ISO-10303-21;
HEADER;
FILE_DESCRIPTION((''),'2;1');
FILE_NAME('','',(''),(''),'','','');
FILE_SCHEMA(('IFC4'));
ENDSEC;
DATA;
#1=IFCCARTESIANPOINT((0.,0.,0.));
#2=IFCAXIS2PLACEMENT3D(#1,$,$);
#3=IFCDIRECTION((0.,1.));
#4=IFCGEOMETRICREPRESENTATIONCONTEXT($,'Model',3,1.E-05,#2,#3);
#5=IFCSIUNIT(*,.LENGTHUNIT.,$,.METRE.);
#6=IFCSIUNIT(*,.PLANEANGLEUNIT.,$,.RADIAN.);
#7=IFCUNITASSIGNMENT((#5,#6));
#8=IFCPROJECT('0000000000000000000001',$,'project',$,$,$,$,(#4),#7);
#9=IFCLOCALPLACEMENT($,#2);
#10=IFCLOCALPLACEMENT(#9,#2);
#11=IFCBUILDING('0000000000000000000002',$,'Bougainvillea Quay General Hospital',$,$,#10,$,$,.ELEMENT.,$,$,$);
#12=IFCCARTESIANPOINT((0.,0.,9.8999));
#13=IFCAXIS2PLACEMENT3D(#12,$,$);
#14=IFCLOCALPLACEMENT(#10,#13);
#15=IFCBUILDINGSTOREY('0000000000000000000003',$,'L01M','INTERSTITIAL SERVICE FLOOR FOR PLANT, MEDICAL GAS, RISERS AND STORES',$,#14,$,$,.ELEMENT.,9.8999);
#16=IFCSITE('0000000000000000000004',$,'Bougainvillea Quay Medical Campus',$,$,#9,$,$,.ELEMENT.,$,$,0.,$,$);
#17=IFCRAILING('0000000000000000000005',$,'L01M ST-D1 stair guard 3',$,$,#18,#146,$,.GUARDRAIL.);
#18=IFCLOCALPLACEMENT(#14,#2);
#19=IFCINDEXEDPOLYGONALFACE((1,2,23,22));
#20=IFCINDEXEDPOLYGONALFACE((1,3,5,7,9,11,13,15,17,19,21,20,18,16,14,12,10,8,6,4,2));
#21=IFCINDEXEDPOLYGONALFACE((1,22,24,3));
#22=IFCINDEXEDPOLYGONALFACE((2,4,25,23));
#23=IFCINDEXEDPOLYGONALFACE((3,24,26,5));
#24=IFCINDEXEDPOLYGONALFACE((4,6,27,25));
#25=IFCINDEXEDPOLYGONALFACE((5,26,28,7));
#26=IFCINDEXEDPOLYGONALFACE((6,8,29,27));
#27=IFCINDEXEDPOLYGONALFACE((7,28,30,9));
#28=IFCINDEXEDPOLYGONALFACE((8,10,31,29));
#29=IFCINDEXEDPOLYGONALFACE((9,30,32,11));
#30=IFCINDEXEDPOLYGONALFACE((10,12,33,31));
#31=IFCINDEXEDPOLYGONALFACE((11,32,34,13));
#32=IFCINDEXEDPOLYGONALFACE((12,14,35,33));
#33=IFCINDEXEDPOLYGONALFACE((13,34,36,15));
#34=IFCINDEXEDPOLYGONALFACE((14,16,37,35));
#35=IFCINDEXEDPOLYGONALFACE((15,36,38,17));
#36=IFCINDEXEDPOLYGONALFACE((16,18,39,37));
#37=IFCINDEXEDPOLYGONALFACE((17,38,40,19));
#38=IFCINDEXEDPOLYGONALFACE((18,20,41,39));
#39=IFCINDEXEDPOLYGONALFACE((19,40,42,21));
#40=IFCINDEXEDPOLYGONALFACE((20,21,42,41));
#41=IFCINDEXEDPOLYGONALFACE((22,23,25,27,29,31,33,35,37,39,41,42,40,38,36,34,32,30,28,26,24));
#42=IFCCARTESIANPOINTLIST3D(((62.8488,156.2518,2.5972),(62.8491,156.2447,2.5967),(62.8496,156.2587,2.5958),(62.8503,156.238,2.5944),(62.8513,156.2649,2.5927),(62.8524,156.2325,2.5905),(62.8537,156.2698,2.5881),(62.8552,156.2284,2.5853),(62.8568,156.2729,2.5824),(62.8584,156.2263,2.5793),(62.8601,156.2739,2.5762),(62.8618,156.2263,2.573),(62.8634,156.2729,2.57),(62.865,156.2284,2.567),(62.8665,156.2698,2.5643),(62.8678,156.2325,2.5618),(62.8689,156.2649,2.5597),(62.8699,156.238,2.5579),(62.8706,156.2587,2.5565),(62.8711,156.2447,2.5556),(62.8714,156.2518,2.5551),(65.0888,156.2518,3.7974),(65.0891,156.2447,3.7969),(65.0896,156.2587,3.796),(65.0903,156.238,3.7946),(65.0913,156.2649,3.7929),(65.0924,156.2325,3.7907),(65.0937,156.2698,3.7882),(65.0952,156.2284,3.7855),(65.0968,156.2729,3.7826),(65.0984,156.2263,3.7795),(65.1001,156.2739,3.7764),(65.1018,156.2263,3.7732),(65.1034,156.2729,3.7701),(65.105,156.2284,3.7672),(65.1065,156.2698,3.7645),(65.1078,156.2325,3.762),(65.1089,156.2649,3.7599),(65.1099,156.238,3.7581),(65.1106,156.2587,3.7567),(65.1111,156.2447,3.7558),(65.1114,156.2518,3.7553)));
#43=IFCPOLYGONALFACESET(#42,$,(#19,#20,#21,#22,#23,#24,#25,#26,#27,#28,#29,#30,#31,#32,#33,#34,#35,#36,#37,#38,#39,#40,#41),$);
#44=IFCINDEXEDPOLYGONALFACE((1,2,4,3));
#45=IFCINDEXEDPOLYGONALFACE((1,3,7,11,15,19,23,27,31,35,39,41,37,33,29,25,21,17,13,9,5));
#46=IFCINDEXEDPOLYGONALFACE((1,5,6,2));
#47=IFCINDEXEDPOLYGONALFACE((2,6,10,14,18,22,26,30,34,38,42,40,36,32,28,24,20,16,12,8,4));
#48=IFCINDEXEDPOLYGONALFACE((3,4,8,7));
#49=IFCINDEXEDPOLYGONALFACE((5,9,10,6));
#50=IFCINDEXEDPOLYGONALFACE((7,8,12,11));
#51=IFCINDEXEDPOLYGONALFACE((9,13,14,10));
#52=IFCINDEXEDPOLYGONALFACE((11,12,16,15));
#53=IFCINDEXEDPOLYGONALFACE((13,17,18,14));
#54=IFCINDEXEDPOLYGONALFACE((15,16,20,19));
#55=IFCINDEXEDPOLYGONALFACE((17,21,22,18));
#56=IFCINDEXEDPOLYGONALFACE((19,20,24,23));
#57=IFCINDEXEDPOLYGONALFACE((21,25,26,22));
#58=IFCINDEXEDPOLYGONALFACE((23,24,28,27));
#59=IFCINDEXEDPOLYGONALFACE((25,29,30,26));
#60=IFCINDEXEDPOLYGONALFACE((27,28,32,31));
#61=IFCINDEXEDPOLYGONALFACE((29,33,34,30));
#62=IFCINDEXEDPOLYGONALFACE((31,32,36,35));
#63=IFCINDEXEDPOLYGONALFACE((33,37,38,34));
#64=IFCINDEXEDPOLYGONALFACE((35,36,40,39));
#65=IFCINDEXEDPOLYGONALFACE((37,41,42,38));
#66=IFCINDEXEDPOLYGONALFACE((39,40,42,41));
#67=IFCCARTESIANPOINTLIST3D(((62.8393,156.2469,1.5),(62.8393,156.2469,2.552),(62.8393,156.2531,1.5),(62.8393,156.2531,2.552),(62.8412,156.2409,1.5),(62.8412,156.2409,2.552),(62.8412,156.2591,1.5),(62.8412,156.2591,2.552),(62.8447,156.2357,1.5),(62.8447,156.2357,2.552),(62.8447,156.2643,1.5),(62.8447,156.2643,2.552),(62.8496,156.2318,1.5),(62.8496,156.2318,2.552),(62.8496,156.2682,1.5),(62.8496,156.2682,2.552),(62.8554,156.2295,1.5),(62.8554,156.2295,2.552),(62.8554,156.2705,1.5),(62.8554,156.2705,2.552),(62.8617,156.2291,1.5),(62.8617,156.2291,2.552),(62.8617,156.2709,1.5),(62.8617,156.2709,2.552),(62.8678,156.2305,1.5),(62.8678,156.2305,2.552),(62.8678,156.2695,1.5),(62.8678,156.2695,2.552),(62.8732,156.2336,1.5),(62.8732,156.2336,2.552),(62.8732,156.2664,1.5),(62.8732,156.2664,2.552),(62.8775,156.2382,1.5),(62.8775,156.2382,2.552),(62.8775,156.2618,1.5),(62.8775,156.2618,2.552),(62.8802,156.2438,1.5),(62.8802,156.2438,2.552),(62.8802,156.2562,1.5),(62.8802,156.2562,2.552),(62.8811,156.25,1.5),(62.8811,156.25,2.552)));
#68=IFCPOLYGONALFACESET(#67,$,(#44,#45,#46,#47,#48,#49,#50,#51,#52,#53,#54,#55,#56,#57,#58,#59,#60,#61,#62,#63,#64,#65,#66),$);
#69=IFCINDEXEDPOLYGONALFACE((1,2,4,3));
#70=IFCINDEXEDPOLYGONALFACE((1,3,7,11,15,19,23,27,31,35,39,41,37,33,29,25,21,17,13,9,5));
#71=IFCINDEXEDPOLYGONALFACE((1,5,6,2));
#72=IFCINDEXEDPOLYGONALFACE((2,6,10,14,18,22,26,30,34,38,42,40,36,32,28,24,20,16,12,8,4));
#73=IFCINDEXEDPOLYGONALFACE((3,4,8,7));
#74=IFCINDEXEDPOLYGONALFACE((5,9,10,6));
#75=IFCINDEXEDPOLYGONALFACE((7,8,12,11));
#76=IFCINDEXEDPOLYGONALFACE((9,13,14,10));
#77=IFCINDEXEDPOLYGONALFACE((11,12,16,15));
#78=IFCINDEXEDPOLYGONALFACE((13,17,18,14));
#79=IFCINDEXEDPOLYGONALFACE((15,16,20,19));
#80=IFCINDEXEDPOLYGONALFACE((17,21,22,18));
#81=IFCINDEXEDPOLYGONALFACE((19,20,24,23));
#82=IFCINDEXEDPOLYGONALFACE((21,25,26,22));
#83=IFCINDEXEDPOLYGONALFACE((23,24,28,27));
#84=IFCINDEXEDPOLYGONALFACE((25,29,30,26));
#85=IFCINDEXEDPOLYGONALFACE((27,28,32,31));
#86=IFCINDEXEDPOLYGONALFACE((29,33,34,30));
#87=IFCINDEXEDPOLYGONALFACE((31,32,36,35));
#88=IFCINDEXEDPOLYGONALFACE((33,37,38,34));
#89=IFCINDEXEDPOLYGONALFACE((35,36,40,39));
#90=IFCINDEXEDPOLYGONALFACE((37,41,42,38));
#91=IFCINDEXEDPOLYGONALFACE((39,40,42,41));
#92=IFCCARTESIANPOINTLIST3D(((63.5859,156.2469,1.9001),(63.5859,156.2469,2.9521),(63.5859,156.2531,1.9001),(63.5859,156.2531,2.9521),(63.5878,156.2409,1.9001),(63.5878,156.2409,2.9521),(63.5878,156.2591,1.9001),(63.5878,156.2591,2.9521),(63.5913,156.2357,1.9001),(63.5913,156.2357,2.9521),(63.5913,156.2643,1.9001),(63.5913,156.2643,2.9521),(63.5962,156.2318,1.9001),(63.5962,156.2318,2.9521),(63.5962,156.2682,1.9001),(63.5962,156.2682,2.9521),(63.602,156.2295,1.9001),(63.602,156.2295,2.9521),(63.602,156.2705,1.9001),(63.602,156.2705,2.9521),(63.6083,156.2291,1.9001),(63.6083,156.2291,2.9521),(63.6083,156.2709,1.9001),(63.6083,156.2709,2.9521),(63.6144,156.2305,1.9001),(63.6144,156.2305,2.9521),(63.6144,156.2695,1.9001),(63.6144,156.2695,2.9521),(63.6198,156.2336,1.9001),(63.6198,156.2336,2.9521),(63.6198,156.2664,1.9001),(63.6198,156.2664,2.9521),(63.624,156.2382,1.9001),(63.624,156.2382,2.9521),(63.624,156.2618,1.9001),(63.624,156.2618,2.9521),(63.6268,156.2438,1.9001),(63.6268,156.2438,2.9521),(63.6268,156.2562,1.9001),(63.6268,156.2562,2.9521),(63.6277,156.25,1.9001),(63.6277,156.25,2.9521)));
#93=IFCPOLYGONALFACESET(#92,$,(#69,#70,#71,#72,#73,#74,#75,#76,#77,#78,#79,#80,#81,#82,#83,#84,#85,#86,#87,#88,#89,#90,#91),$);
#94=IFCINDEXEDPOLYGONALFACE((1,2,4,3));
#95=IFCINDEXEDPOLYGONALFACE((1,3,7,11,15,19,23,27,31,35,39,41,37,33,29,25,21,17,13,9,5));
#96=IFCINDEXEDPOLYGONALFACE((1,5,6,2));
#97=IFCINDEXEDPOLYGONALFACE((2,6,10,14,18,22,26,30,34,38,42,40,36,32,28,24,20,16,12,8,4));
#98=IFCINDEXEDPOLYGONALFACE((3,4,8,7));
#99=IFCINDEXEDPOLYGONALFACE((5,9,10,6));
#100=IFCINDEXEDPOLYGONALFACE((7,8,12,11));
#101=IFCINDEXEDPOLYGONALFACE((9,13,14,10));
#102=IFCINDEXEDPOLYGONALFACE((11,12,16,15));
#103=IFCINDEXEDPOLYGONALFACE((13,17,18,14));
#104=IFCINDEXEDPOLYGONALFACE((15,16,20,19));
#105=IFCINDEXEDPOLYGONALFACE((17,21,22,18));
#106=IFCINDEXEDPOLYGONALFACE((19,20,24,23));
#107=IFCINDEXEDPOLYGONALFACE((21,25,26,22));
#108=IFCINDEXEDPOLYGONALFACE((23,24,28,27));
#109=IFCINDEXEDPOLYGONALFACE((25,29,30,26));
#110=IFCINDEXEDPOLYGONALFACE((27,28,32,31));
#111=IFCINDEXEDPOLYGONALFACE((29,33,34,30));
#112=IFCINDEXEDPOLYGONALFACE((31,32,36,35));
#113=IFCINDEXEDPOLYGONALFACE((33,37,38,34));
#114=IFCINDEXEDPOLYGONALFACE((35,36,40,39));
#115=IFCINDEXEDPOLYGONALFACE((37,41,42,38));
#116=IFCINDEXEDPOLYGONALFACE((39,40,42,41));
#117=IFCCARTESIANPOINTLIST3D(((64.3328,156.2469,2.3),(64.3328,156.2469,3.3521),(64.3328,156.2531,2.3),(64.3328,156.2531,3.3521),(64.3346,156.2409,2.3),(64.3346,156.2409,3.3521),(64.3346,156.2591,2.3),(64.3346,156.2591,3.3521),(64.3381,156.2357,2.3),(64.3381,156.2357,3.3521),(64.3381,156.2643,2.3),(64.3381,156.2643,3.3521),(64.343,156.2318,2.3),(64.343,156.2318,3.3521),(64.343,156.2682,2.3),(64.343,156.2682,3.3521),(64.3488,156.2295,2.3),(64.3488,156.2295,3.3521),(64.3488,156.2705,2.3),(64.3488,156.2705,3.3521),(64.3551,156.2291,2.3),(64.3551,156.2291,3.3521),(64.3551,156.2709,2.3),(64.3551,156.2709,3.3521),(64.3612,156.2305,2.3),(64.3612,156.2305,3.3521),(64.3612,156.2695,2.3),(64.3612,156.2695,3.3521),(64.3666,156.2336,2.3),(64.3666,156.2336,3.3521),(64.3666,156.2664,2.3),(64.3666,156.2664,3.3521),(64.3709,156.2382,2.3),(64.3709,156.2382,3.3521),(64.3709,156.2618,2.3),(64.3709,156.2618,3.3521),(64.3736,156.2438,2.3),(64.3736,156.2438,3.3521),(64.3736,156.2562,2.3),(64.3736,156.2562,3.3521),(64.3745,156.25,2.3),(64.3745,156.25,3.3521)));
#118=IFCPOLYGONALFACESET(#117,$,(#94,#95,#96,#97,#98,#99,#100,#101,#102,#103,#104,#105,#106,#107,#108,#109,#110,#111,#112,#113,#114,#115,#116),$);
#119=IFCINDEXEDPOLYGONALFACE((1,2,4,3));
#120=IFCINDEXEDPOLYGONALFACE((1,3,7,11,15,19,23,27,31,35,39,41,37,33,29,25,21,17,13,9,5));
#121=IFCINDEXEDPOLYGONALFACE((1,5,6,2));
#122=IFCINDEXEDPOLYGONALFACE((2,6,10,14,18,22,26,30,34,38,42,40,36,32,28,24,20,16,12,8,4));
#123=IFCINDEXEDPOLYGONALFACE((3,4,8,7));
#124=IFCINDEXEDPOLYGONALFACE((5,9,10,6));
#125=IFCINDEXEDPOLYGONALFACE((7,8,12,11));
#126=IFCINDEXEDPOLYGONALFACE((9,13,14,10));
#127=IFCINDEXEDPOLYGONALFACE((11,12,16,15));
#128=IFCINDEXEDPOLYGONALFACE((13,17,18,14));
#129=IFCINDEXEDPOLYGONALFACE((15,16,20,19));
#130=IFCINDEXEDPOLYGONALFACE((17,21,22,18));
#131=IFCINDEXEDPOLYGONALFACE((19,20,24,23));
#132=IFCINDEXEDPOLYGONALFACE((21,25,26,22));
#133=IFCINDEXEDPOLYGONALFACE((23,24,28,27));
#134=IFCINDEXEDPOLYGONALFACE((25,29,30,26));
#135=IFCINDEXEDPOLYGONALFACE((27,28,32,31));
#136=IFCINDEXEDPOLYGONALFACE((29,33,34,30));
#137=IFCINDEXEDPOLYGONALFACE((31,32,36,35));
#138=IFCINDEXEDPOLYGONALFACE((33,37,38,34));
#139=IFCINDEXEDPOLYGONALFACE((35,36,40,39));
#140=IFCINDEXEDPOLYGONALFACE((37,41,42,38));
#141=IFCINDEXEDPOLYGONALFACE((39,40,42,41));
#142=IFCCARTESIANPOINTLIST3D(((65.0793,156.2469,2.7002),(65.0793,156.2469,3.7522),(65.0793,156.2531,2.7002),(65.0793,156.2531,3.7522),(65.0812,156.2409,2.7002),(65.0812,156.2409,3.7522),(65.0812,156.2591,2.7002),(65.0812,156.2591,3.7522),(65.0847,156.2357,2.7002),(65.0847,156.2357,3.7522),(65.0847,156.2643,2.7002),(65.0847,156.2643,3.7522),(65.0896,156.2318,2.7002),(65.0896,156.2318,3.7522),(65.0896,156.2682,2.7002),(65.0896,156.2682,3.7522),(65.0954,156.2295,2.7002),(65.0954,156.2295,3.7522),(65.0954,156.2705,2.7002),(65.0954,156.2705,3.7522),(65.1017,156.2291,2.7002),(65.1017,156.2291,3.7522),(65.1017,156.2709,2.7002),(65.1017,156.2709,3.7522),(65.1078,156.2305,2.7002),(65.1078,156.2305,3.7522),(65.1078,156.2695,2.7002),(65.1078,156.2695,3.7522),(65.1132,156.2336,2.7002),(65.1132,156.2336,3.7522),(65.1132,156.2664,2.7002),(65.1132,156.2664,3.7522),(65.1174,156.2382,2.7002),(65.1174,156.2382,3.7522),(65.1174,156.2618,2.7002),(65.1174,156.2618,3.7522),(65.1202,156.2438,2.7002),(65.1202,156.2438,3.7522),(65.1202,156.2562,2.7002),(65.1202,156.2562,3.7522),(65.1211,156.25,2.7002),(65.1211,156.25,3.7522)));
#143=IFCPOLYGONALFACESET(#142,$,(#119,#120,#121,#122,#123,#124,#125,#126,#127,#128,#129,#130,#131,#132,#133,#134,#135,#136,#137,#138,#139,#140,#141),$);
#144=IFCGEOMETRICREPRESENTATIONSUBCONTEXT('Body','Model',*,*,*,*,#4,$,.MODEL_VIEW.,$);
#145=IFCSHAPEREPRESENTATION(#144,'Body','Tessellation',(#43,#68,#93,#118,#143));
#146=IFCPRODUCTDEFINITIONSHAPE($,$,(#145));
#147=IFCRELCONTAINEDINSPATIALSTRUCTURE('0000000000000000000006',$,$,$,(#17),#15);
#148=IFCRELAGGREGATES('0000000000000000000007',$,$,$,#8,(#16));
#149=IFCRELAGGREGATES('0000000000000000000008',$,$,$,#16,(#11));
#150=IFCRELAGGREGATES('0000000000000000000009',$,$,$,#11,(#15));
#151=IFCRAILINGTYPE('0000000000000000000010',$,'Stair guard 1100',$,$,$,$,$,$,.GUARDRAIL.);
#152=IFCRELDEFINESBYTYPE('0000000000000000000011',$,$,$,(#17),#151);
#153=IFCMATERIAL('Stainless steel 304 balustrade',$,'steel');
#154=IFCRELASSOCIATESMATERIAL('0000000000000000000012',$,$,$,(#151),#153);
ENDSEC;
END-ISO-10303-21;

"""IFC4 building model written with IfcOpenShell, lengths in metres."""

from ifc_helpers import new_model, si_unit, direction, frame, origin, origin_2d, place, context, subcontext, project, spatial, circle, extrude, material, type_object, element, save


model = new_model("IFC4")

# Units and contexts
model_context = context("Model", 3, precision=1e-05, world=origin(), true_north=direction((0.0, 1.0)))
body_context = subcontext(model_context, "Body", "Model", "MODEL_VIEW")
ifc_project = project(units=[si_unit("LENGTHUNIT", "METRE"), si_unit("PLANEANGLEUNIT", "RADIAN")], contexts=[model_context])

# Site, building, storey
site_placement = place(None, origin())
site = spatial("IfcSite", under=ifc_project, at=site_placement, Name="Bougainvillea Quay Medical Campus", CompositionType="ELEMENT", RefElevation=0.0)
building_placement = place(site_placement, origin())
building = spatial("IfcBuilding", under=site, at=building_placement, Name="Bougainvillea Quay General Hospital", CompositionType="ELEMENT")
storey_placement = place(building_placement, frame((0.0, 0.0, 9.8999)))
storey = spatial("IfcBuildingStorey", under=building, at=storey_placement, Name="L01M", Description="INTERSTITIAL SERVICE FLOOR FOR PLANT, MEDICAL GAS, RISERS AND STORES", CompositionType="ELEMENT", Elevation=9.8999)

# Railing
ifc_material_1 = material(Name="Stainless steel 304 balustrade", Category="steel")
railing_type_1 = type_object("IfcRailingType", Name="Stair guard 1100", PredefinedType="GUARDRAIL", material=ifc_material_1)
railing_1_placement = place(storey_placement, frame((62.8601, 156.25, 1.5)))
element("IfcRailing", 1, at=railing_1_placement, inside=storey, type_object=railing_type_1, Name="L01M ST-D1 stair guard 3", PredefinedType="GUARDRAIL", context=body_context, shape_type="SweptSolid", body=[
    extrude(circle(Radius=0.0239, at=origin_2d()), frame((0.0, 0.0, 1.0762), z_axis=(0.881447, 0.0, 0.472283), x_axis=(0.0, 1.0, 0.0)), (0.0, 0.0, 1.0), 2.5413),
    extrude(circle(Radius=0.021, at=origin_2d()), origin(), (0.0, 0.0, 1.0), 1.052),
    extrude(circle(Radius=0.021, at=origin_2d()), frame((0.7466, 0.0, 0.4001)), (0.0, 0.0, 1.0), 1.052),
    extrude(circle(Radius=0.021, at=origin_2d()), frame((1.4934, 0.0, 0.8)), (0.0, 0.0, 1.0), 1.052),
    extrude(circle(Radius=0.021, at=origin_2d()), frame((2.24, 0.0, 1.2002)), (0.0, 0.0, 1.0), 1.052),
])

save(model, "model.ifc")
